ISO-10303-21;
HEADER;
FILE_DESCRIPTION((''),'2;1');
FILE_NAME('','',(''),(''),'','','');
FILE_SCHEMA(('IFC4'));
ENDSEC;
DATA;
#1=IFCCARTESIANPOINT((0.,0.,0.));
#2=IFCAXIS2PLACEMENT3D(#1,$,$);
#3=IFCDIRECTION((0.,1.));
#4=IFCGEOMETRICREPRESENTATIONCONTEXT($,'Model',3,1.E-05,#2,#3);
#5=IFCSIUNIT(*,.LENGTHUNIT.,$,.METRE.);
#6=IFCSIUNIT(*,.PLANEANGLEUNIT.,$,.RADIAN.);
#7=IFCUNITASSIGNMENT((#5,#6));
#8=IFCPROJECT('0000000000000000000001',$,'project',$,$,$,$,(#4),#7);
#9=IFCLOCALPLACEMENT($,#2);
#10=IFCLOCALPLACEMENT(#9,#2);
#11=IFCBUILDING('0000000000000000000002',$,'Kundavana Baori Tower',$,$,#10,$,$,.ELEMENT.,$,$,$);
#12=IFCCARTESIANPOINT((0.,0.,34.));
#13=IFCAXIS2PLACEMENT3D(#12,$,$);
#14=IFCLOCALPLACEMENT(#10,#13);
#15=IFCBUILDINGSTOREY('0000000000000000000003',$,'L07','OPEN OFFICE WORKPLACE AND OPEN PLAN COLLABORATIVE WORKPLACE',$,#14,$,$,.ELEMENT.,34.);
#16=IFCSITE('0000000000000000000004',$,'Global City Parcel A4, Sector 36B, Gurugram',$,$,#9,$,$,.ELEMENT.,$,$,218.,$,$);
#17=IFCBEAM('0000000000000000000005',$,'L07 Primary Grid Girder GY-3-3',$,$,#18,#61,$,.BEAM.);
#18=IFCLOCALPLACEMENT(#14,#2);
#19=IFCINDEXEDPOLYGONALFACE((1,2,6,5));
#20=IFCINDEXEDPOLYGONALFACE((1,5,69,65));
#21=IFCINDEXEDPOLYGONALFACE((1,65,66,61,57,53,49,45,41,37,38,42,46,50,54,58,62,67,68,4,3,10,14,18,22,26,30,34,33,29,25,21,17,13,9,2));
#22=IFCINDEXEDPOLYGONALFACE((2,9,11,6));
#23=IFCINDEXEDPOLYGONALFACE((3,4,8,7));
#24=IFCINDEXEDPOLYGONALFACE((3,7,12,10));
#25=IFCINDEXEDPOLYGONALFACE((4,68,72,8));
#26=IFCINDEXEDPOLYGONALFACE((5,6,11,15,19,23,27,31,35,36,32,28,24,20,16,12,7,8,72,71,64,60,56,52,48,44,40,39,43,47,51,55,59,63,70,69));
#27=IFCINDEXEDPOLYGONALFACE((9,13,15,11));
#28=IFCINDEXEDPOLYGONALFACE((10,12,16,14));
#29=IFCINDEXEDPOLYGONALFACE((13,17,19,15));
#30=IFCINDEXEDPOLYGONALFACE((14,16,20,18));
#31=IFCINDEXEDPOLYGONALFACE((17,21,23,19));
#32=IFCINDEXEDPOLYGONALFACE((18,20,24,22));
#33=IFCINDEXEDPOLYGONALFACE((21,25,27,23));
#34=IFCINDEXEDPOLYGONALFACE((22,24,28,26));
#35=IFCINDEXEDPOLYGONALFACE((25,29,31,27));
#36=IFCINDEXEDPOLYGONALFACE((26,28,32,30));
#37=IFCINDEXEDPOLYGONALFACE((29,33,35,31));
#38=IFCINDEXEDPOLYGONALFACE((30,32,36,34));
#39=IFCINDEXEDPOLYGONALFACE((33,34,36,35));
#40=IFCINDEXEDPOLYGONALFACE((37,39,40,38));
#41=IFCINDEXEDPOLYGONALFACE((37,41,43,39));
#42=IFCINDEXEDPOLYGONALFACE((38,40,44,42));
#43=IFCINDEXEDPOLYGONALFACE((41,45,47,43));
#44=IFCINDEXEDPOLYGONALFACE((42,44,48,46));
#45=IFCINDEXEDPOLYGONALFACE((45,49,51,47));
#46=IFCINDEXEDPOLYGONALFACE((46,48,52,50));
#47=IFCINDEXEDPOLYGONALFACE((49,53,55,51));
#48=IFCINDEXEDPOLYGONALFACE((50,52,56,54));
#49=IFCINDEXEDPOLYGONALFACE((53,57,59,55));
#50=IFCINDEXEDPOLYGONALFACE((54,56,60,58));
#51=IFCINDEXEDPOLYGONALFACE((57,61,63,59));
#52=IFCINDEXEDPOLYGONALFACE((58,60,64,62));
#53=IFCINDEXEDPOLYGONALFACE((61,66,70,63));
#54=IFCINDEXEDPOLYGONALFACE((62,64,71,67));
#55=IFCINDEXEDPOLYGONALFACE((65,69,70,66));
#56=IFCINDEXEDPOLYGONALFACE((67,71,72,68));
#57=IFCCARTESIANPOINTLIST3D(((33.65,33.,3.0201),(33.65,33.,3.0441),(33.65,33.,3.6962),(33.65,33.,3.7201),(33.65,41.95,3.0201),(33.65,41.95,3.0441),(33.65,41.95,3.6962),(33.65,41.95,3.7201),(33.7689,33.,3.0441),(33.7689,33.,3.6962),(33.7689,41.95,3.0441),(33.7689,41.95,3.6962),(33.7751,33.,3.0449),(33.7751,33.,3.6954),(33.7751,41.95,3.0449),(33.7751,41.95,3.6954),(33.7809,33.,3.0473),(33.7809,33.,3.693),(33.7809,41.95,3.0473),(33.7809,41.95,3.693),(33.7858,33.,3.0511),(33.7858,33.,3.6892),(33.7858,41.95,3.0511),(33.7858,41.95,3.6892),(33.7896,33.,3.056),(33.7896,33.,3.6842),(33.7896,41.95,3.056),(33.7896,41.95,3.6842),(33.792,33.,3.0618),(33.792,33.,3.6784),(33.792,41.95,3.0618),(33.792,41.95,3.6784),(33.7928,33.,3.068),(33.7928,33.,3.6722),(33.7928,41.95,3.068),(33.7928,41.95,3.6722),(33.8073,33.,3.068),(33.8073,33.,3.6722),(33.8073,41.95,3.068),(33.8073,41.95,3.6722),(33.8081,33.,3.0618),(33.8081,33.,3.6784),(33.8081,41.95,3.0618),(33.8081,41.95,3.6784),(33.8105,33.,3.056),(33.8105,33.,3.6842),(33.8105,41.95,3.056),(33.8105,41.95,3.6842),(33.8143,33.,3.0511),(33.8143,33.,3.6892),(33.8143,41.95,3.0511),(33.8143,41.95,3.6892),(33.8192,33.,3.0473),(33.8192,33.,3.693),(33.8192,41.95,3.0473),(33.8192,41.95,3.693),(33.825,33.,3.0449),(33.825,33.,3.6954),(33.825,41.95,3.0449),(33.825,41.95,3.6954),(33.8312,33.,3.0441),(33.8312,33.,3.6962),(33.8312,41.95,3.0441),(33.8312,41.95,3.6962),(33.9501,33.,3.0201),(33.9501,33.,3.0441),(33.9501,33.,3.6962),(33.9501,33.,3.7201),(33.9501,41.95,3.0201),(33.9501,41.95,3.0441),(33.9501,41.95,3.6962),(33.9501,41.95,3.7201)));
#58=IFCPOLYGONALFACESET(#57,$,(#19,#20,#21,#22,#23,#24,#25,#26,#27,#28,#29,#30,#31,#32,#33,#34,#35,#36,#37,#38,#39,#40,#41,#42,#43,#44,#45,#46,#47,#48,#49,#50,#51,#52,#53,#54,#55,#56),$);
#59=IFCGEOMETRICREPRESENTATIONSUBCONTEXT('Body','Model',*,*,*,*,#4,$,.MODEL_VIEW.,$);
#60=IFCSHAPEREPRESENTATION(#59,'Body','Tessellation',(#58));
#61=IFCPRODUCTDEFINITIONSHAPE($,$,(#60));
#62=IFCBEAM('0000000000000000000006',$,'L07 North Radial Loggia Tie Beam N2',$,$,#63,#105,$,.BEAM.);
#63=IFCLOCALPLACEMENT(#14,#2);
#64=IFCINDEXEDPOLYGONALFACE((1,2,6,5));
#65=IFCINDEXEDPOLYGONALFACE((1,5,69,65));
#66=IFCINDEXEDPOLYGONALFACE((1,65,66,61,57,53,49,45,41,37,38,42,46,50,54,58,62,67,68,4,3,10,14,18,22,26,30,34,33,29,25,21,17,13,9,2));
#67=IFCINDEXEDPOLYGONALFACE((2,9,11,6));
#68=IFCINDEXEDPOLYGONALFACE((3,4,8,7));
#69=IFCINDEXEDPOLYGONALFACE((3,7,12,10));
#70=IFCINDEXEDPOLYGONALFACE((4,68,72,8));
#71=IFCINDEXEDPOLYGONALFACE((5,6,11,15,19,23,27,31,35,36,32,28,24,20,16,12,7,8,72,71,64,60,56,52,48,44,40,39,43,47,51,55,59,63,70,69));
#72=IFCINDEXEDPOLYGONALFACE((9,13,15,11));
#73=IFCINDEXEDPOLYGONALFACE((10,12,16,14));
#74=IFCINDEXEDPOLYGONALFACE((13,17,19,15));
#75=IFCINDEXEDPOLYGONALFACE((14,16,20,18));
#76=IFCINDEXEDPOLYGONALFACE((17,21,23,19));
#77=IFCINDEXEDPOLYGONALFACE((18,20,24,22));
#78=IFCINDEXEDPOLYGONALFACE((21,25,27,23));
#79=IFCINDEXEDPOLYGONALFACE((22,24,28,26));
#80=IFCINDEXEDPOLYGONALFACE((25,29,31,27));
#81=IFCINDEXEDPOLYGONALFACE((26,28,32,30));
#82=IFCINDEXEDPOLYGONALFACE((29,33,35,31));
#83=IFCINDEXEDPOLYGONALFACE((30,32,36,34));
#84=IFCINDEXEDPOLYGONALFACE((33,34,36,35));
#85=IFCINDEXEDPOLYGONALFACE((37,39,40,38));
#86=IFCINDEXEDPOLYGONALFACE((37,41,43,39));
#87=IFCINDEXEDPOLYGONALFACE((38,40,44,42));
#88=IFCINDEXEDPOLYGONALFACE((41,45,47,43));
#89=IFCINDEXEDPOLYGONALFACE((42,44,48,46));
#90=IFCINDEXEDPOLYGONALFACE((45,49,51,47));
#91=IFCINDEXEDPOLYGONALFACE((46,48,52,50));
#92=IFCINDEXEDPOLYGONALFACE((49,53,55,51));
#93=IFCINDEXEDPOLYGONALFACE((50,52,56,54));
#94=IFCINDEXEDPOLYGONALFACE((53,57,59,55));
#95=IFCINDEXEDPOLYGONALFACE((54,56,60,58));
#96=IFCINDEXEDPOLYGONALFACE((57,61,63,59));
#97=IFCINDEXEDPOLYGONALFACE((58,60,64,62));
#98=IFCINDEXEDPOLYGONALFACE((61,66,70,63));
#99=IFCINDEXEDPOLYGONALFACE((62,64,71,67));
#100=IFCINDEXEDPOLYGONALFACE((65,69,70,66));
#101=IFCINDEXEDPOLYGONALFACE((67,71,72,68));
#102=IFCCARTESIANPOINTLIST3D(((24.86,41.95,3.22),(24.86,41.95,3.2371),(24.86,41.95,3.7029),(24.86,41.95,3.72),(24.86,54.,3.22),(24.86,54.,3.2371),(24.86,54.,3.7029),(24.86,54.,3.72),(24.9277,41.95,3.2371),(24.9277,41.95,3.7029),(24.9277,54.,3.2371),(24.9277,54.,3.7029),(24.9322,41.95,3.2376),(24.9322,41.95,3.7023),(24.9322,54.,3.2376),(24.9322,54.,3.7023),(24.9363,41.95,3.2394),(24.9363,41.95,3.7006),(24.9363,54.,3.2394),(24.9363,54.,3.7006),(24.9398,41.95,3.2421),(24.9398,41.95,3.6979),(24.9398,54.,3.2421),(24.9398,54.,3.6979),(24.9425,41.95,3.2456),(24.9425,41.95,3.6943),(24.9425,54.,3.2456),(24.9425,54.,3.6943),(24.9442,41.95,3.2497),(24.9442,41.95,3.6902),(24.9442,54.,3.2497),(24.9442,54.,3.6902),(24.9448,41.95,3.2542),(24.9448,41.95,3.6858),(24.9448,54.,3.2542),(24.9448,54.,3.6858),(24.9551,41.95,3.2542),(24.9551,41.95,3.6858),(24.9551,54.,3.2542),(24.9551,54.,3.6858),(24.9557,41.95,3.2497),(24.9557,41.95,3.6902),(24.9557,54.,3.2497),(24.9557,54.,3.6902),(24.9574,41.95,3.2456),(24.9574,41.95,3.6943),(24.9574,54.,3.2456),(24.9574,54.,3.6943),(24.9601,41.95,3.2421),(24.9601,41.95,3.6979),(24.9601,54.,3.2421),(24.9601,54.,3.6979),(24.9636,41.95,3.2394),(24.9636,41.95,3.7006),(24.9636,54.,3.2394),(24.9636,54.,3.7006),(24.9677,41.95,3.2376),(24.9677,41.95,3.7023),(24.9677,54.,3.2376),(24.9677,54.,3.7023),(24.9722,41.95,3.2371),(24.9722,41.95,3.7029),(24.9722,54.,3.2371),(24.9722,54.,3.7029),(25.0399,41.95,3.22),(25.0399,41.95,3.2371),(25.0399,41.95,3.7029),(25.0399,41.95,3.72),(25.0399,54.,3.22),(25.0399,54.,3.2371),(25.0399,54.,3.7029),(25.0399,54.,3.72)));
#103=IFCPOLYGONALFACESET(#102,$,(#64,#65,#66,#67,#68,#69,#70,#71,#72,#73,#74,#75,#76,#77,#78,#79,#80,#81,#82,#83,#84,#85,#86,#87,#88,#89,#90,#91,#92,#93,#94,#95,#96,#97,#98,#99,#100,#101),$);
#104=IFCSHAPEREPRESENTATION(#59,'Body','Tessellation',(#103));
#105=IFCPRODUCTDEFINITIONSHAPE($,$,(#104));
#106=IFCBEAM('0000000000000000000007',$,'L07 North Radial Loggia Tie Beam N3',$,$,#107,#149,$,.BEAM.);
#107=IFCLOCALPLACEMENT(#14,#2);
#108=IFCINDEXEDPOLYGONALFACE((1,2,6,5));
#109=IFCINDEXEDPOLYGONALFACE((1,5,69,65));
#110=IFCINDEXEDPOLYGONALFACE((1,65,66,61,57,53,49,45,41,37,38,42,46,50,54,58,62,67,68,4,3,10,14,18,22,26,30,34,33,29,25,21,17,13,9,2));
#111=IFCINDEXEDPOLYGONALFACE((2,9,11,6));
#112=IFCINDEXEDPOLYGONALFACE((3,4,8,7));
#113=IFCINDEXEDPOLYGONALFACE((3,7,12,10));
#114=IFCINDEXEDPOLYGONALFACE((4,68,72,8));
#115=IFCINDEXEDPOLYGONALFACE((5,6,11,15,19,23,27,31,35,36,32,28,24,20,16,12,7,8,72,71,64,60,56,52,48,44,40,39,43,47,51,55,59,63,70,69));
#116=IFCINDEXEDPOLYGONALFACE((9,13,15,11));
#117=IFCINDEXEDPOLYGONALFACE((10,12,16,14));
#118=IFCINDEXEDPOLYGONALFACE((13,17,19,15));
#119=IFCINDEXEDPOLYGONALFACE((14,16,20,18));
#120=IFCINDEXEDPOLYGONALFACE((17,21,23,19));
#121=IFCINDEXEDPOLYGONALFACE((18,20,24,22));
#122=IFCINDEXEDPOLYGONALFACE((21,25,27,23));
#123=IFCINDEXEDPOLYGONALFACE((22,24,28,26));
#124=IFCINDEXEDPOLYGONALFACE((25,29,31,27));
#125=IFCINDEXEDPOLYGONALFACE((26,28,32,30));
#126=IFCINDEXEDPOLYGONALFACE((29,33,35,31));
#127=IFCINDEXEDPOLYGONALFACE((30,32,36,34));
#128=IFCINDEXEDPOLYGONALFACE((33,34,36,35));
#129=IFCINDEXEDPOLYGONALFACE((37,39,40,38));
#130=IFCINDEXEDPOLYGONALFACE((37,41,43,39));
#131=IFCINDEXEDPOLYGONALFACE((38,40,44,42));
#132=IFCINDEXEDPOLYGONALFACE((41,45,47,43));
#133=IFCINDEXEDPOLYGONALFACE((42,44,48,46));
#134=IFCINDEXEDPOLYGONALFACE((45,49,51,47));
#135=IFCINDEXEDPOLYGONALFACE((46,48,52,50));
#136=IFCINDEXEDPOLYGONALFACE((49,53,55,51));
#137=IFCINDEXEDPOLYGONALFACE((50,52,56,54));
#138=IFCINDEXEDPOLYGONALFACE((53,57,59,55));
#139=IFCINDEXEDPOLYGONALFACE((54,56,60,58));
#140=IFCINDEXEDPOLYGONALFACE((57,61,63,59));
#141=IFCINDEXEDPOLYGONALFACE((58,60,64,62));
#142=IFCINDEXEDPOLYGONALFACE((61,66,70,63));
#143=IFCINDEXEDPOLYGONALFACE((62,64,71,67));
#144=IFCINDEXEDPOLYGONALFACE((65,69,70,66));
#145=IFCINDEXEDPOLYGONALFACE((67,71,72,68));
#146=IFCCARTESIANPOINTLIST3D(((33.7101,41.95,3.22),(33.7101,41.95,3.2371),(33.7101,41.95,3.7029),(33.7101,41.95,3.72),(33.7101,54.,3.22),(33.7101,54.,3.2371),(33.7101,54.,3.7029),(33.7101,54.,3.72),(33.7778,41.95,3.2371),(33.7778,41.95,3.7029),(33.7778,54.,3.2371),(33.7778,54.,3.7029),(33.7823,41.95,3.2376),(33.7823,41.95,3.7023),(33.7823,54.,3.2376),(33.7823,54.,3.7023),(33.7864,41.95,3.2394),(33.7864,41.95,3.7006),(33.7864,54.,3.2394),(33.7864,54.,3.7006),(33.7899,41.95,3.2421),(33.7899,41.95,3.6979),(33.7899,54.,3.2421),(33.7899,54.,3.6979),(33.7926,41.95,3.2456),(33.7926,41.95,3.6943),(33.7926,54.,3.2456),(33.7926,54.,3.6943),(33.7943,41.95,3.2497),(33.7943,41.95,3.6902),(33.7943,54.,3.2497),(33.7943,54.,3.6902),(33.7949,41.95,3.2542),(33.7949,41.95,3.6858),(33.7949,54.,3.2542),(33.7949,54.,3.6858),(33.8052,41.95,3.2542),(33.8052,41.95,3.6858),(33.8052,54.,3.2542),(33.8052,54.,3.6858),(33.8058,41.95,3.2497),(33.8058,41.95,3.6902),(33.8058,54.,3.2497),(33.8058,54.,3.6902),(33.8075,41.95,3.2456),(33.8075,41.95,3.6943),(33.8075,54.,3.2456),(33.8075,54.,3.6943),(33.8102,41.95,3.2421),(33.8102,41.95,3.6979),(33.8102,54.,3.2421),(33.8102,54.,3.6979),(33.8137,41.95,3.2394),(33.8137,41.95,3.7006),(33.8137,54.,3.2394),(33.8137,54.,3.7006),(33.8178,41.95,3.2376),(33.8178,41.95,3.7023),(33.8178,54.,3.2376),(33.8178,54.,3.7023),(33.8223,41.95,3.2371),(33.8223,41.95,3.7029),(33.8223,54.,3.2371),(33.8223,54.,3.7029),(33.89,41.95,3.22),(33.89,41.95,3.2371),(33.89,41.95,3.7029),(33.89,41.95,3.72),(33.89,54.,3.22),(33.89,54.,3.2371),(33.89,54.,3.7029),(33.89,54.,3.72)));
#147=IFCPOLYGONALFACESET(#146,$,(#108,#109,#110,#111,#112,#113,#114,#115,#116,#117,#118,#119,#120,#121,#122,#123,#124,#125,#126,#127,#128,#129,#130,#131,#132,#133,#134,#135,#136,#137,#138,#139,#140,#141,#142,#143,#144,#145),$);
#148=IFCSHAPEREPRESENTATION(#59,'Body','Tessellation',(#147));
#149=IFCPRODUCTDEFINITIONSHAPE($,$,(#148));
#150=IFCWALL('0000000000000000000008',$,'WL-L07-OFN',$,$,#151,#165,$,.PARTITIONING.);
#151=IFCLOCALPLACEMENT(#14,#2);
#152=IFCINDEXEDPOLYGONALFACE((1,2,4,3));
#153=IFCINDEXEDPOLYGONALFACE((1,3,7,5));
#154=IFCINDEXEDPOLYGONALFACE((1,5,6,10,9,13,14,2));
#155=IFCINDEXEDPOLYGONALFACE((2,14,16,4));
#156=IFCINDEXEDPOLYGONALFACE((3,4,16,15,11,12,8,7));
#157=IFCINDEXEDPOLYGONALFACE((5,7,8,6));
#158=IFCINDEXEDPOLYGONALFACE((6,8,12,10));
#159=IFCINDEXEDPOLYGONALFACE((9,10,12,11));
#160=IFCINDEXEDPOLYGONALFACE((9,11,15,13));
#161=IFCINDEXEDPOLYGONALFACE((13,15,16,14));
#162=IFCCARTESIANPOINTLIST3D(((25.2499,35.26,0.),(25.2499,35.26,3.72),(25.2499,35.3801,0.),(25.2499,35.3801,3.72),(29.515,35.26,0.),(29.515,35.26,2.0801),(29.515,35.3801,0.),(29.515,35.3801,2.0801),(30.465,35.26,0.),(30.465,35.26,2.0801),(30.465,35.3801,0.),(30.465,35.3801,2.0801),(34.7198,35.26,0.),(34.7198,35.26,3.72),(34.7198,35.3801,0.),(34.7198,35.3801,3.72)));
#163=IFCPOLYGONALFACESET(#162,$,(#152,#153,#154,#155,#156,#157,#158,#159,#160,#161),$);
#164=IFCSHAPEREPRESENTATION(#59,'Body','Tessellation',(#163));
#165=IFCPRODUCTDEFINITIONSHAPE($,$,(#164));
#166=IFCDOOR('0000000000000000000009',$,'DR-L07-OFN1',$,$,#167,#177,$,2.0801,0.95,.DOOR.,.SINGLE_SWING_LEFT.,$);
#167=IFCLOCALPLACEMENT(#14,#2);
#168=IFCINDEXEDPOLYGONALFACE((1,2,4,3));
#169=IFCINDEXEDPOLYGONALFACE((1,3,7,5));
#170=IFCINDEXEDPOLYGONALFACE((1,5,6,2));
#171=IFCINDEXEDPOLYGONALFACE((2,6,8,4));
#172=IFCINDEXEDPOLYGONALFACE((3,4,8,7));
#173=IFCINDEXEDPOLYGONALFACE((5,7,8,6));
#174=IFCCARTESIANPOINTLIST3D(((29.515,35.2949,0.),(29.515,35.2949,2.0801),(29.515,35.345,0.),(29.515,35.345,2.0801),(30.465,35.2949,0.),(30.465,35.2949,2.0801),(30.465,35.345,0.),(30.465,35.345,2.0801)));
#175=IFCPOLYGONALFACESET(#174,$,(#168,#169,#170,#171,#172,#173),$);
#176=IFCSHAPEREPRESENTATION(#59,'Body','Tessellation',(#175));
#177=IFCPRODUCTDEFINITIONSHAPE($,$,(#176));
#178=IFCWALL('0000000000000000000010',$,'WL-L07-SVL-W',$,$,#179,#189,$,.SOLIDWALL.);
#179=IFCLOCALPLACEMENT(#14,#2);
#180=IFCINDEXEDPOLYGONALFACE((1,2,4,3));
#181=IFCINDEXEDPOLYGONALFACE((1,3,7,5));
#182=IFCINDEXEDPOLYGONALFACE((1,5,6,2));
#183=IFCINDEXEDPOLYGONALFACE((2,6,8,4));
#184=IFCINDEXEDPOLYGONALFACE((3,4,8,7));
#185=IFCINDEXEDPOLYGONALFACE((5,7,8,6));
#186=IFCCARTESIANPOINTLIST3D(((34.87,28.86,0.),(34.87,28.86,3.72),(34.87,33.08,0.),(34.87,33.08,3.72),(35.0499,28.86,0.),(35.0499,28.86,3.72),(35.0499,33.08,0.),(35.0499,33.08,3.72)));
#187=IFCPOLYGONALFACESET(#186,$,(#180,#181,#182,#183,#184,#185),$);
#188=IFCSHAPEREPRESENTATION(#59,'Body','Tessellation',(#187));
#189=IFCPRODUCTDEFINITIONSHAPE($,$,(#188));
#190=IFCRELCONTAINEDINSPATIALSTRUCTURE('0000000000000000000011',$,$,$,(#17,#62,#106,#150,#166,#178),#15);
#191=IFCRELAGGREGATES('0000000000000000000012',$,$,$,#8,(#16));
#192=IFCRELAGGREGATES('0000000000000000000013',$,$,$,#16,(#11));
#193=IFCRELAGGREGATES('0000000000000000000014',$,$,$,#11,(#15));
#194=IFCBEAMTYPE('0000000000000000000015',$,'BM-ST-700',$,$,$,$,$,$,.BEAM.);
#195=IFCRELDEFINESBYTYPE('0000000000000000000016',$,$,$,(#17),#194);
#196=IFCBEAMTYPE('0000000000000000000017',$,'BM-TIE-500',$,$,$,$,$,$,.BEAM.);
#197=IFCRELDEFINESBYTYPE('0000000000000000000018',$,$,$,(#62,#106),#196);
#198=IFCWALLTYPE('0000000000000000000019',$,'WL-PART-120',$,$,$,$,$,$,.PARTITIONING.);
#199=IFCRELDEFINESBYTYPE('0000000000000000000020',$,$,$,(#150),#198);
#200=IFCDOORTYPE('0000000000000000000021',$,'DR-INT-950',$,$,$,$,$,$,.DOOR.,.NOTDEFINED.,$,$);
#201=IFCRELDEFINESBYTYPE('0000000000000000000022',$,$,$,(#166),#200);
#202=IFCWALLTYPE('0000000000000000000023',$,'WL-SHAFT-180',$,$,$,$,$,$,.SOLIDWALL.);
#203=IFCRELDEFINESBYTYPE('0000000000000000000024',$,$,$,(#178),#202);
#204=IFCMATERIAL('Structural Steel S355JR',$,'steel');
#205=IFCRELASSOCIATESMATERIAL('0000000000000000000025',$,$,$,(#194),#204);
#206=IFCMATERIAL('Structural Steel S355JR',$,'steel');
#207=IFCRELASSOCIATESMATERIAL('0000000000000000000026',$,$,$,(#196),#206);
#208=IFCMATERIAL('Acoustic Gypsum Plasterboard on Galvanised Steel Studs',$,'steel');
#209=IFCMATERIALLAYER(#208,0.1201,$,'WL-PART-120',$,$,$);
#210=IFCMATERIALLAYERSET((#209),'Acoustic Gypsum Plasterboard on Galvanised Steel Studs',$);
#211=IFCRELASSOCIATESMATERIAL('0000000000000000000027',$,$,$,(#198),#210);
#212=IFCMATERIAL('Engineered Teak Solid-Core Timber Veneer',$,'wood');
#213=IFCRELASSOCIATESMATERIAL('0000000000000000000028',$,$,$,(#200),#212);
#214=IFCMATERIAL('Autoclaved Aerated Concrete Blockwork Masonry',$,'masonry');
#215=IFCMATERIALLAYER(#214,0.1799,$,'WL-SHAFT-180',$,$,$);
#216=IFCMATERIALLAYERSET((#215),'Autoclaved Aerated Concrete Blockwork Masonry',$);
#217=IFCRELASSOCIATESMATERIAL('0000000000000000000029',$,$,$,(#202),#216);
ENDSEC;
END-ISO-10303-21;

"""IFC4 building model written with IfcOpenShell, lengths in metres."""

from ifc_helpers import new_model, si_unit, direction, frame, frame_2d, origin, origin_2d, place, context, subcontext, project, spatial, rectangle, i_section, extrude, material, layer, layer_set, material_profile, profile_set, type_object, element, fill, save


model = new_model("IFC4")

# Units and contexts
model_context = context("Model", 3, precision=1e-05, world=origin(), true_north=direction((0.0, 1.0)))
body_context = subcontext(model_context, "Body", "Model", "MODEL_VIEW")
ifc_project = project(units=[si_unit("LENGTHUNIT", "METRE"), si_unit("PLANEANGLEUNIT", "RADIAN")], contexts=[model_context])

# Site, building, storey
site_placement = place(None, origin())
site = spatial("IfcSite", under=ifc_project, at=site_placement, Name="Global City Parcel A4, Sector 36B, Gurugram", CompositionType="ELEMENT", RefElevation=218.0)
building_placement = place(site_placement, origin())
building = spatial("IfcBuilding", under=site, at=building_placement, Name="Kundavana Baori Tower", CompositionType="ELEMENT")
storey_placement = place(building_placement, frame((0.0, 0.0, 34.0)))
storey = spatial("IfcBuildingStorey", under=building, at=storey_placement, Name="L07", Description="OPEN OFFICE WORKPLACE AND OPEN PLAN COLLABORATIVE WORKPLACE", CompositionType="ELEMENT", Elevation=34.0)

# Beams
ifc_material_1 = material(Name="Structural Steel S355JR", Category="steel")
ifc_material_profile_1 = material_profile(ifc_material_1, i_section(OverallWidth=0.3, OverallDepth=0.7, WebThickness=0.0144, FlangeThickness=0.0239, FilletRadius=0.0239, at=origin_2d()), Name="NPB 700x300x170")
ifc_profile_set_1 = profile_set([ifc_material_profile_1], Name="Structural Steel S355JR")
beam_type_1 = type_object("IfcBeamType", Name="BM-ST-700", PredefinedType="BEAM", material=ifc_profile_set_1)
beam_1_placement = place(storey_placement, frame((33.8, 33.0, 3.3701), z_axis=(0.0, 1.0, 0.0), x_axis=(-1.0, 0.0, 0.0)))
element("IfcBeam", 1, at=beam_1_placement, inside=storey, type_object=beam_type_1, Name="L07 Primary Grid Girder GY-3-3", PredefinedType="BEAM", context=body_context, shape_type="SweptSolid", body=[
    extrude(i_section(OverallWidth=0.3, OverallDepth=0.7, WebThickness=0.0144, FlangeThickness=0.0239, FilletRadius=0.0239, at=origin_2d()), origin(), (0.0, 0.0, 1.0), 8.95),
])
ifc_material_2 = material(Name="Structural Steel S355JR", Category="steel")
ifc_material_profile_2 = material_profile(ifc_material_2, i_section(OverallWidth=0.1799, OverallDepth=0.5, WebThickness=0.0103, FlangeThickness=0.0171, FilletRadius=0.0171, at=origin_2d()), Name="ISMB 500")
ifc_profile_set_2 = profile_set([ifc_material_profile_2], Name="Structural Steel S355JR")
beam_type_2 = type_object("IfcBeamType", Name="BM-TIE-500", PredefinedType="BEAM", material=ifc_profile_set_2)
for number, where, z_axis, x_axis, name in (
    (2, (24.95, 41.95, 3.47), (0.0, 1.0, 0.0), (-1.0, 0.0, 0.0), "L07 North Radial Loggia Tie Beam N2"),
    (3, (33.8, 41.95, 3.47), (0.0, 1.0, 0.0), (-1.0, 0.0, 0.0), "L07 North Radial Loggia Tie Beam N3"),
):
    element("IfcBeam", number, at=place(storey_placement, frame(where, z_axis=z_axis, x_axis=x_axis)), inside=storey, type_object=beam_type_2, Name=name, PredefinedType="BEAM", context=body_context, shape_type="SweptSolid", body=[
        extrude(i_section(OverallWidth=0.1799, OverallDepth=0.5, WebThickness=0.0103, FlangeThickness=0.0171, FilletRadius=0.0171, at=origin_2d()), origin(), (0.0, 0.0, 1.0), 12.05),
    ])

# Wall, opening, door
ifc_material_3 = material(Name="Acoustic Gypsum Plasterboard on Galvanised Steel Studs", Category="steel")
ifc_layer_1 = layer(ifc_material_3, 0.1201, Name="WL-PART-120")
ifc_layer_set_1 = layer_set([ifc_layer_1], Name="Acoustic Gypsum Plasterboard on Galvanised Steel Studs")
wall_type_1 = type_object("IfcWallType", Name="WL-PART-120", PredefinedType="PARTITIONING", material=ifc_layer_set_1)
wall_1_placement = place(storey_placement, frame((25.25, 35.3201, 0.0), z_axis=(0.0, 0.0, 1.0), x_axis=(1.0, 0.0, 0.0)))
wall_1 = element("IfcWall", 4, at=wall_1_placement, inside=storey, type_object=wall_type_1, Name="WL-L07-OFN", PredefinedType="PARTITIONING", context=body_context, shape_type="SweptSolid", body=[
    extrude(rectangle(XDim=9.47, YDim=0.1201, at=frame_2d((4.7349, 0.0))), origin(), (0.0, 0.0, 1.0), 3.72),
])
opening_1_placement = place(wall_1_placement, frame((4.2649, 0.0, 0.0)))
opening_1 = element("IfcOpeningElement", 5, at=opening_1_placement, cuts=wall_1, PredefinedType="OPENING", context=body_context, shape_type="SweptSolid", body=[
    extrude(rectangle(XDim=0.95, YDim=2.0801, at=frame_2d((0.4751, 1.04))), frame((0.0, 0.0701, 0.0), z_axis=(0.0, -1.0, 0.0), x_axis=(1.0, 0.0, 0.0)), (0.0, 0.0, 1.0), 0.1401),
])
ifc_material_4 = material(Name="Engineered Teak Solid-Core Timber Veneer", Category="wood")
door_type_1 = type_object("IfcDoorType", Name="DR-INT-950", OperationType="NOTDEFINED", PredefinedType="DOOR", material=ifc_material_4)
door_1_placement = place(opening_1_placement, origin())
door_1 = element("IfcDoor", 6, at=door_1_placement, inside=storey, type_object=door_type_1, Name="DR-L07-OFN1", OperationType="SINGLE_SWING_LEFT", OverallHeight=2.0801, OverallWidth=0.95, PredefinedType="DOOR", context=body_context, shape_type="SweptSolid", body=[
    extrude(rectangle(XDim=0.95, YDim=2.0801, at=frame_2d((0.4751, 1.04))), frame((0.0, 0.0249, 0.0), z_axis=(0.0, -1.0, 0.0), x_axis=(1.0, 0.0, 0.0)), (0.0, 0.0, 1.0), 0.05),
])
fill(opening_1, door_1)

# Wall
ifc_material_5 = material(Name="Autoclaved Aerated Concrete Blockwork Masonry", Category="masonry")
ifc_layer_2 = layer(ifc_material_5, 0.1799, Name="WL-SHAFT-180")
ifc_layer_set_2 = layer_set([ifc_layer_2], Name="Autoclaved Aerated Concrete Blockwork Masonry")
wall_type_2 = type_object("IfcWallType", Name="WL-SHAFT-180", PredefinedType="SOLIDWALL", material=ifc_layer_set_2)
wall_2_placement = place(storey_placement, frame((34.96, 28.8601, 0.0), z_axis=(0.0, 0.0, 1.0), x_axis=(0.0, 1.0, 0.0)))
element("IfcWall", 7, at=wall_2_placement, inside=storey, type_object=wall_type_2, Name="WL-L07-SVL-W", PredefinedType="SOLIDWALL", context=body_context, shape_type="SweptSolid", body=[
    extrude(rectangle(XDim=4.22, YDim=0.1799, at=frame_2d((2.1099, 0.0))), origin(), (0.0, 0.0, 1.0), 3.72),
])

save(model, "model.ifc")
